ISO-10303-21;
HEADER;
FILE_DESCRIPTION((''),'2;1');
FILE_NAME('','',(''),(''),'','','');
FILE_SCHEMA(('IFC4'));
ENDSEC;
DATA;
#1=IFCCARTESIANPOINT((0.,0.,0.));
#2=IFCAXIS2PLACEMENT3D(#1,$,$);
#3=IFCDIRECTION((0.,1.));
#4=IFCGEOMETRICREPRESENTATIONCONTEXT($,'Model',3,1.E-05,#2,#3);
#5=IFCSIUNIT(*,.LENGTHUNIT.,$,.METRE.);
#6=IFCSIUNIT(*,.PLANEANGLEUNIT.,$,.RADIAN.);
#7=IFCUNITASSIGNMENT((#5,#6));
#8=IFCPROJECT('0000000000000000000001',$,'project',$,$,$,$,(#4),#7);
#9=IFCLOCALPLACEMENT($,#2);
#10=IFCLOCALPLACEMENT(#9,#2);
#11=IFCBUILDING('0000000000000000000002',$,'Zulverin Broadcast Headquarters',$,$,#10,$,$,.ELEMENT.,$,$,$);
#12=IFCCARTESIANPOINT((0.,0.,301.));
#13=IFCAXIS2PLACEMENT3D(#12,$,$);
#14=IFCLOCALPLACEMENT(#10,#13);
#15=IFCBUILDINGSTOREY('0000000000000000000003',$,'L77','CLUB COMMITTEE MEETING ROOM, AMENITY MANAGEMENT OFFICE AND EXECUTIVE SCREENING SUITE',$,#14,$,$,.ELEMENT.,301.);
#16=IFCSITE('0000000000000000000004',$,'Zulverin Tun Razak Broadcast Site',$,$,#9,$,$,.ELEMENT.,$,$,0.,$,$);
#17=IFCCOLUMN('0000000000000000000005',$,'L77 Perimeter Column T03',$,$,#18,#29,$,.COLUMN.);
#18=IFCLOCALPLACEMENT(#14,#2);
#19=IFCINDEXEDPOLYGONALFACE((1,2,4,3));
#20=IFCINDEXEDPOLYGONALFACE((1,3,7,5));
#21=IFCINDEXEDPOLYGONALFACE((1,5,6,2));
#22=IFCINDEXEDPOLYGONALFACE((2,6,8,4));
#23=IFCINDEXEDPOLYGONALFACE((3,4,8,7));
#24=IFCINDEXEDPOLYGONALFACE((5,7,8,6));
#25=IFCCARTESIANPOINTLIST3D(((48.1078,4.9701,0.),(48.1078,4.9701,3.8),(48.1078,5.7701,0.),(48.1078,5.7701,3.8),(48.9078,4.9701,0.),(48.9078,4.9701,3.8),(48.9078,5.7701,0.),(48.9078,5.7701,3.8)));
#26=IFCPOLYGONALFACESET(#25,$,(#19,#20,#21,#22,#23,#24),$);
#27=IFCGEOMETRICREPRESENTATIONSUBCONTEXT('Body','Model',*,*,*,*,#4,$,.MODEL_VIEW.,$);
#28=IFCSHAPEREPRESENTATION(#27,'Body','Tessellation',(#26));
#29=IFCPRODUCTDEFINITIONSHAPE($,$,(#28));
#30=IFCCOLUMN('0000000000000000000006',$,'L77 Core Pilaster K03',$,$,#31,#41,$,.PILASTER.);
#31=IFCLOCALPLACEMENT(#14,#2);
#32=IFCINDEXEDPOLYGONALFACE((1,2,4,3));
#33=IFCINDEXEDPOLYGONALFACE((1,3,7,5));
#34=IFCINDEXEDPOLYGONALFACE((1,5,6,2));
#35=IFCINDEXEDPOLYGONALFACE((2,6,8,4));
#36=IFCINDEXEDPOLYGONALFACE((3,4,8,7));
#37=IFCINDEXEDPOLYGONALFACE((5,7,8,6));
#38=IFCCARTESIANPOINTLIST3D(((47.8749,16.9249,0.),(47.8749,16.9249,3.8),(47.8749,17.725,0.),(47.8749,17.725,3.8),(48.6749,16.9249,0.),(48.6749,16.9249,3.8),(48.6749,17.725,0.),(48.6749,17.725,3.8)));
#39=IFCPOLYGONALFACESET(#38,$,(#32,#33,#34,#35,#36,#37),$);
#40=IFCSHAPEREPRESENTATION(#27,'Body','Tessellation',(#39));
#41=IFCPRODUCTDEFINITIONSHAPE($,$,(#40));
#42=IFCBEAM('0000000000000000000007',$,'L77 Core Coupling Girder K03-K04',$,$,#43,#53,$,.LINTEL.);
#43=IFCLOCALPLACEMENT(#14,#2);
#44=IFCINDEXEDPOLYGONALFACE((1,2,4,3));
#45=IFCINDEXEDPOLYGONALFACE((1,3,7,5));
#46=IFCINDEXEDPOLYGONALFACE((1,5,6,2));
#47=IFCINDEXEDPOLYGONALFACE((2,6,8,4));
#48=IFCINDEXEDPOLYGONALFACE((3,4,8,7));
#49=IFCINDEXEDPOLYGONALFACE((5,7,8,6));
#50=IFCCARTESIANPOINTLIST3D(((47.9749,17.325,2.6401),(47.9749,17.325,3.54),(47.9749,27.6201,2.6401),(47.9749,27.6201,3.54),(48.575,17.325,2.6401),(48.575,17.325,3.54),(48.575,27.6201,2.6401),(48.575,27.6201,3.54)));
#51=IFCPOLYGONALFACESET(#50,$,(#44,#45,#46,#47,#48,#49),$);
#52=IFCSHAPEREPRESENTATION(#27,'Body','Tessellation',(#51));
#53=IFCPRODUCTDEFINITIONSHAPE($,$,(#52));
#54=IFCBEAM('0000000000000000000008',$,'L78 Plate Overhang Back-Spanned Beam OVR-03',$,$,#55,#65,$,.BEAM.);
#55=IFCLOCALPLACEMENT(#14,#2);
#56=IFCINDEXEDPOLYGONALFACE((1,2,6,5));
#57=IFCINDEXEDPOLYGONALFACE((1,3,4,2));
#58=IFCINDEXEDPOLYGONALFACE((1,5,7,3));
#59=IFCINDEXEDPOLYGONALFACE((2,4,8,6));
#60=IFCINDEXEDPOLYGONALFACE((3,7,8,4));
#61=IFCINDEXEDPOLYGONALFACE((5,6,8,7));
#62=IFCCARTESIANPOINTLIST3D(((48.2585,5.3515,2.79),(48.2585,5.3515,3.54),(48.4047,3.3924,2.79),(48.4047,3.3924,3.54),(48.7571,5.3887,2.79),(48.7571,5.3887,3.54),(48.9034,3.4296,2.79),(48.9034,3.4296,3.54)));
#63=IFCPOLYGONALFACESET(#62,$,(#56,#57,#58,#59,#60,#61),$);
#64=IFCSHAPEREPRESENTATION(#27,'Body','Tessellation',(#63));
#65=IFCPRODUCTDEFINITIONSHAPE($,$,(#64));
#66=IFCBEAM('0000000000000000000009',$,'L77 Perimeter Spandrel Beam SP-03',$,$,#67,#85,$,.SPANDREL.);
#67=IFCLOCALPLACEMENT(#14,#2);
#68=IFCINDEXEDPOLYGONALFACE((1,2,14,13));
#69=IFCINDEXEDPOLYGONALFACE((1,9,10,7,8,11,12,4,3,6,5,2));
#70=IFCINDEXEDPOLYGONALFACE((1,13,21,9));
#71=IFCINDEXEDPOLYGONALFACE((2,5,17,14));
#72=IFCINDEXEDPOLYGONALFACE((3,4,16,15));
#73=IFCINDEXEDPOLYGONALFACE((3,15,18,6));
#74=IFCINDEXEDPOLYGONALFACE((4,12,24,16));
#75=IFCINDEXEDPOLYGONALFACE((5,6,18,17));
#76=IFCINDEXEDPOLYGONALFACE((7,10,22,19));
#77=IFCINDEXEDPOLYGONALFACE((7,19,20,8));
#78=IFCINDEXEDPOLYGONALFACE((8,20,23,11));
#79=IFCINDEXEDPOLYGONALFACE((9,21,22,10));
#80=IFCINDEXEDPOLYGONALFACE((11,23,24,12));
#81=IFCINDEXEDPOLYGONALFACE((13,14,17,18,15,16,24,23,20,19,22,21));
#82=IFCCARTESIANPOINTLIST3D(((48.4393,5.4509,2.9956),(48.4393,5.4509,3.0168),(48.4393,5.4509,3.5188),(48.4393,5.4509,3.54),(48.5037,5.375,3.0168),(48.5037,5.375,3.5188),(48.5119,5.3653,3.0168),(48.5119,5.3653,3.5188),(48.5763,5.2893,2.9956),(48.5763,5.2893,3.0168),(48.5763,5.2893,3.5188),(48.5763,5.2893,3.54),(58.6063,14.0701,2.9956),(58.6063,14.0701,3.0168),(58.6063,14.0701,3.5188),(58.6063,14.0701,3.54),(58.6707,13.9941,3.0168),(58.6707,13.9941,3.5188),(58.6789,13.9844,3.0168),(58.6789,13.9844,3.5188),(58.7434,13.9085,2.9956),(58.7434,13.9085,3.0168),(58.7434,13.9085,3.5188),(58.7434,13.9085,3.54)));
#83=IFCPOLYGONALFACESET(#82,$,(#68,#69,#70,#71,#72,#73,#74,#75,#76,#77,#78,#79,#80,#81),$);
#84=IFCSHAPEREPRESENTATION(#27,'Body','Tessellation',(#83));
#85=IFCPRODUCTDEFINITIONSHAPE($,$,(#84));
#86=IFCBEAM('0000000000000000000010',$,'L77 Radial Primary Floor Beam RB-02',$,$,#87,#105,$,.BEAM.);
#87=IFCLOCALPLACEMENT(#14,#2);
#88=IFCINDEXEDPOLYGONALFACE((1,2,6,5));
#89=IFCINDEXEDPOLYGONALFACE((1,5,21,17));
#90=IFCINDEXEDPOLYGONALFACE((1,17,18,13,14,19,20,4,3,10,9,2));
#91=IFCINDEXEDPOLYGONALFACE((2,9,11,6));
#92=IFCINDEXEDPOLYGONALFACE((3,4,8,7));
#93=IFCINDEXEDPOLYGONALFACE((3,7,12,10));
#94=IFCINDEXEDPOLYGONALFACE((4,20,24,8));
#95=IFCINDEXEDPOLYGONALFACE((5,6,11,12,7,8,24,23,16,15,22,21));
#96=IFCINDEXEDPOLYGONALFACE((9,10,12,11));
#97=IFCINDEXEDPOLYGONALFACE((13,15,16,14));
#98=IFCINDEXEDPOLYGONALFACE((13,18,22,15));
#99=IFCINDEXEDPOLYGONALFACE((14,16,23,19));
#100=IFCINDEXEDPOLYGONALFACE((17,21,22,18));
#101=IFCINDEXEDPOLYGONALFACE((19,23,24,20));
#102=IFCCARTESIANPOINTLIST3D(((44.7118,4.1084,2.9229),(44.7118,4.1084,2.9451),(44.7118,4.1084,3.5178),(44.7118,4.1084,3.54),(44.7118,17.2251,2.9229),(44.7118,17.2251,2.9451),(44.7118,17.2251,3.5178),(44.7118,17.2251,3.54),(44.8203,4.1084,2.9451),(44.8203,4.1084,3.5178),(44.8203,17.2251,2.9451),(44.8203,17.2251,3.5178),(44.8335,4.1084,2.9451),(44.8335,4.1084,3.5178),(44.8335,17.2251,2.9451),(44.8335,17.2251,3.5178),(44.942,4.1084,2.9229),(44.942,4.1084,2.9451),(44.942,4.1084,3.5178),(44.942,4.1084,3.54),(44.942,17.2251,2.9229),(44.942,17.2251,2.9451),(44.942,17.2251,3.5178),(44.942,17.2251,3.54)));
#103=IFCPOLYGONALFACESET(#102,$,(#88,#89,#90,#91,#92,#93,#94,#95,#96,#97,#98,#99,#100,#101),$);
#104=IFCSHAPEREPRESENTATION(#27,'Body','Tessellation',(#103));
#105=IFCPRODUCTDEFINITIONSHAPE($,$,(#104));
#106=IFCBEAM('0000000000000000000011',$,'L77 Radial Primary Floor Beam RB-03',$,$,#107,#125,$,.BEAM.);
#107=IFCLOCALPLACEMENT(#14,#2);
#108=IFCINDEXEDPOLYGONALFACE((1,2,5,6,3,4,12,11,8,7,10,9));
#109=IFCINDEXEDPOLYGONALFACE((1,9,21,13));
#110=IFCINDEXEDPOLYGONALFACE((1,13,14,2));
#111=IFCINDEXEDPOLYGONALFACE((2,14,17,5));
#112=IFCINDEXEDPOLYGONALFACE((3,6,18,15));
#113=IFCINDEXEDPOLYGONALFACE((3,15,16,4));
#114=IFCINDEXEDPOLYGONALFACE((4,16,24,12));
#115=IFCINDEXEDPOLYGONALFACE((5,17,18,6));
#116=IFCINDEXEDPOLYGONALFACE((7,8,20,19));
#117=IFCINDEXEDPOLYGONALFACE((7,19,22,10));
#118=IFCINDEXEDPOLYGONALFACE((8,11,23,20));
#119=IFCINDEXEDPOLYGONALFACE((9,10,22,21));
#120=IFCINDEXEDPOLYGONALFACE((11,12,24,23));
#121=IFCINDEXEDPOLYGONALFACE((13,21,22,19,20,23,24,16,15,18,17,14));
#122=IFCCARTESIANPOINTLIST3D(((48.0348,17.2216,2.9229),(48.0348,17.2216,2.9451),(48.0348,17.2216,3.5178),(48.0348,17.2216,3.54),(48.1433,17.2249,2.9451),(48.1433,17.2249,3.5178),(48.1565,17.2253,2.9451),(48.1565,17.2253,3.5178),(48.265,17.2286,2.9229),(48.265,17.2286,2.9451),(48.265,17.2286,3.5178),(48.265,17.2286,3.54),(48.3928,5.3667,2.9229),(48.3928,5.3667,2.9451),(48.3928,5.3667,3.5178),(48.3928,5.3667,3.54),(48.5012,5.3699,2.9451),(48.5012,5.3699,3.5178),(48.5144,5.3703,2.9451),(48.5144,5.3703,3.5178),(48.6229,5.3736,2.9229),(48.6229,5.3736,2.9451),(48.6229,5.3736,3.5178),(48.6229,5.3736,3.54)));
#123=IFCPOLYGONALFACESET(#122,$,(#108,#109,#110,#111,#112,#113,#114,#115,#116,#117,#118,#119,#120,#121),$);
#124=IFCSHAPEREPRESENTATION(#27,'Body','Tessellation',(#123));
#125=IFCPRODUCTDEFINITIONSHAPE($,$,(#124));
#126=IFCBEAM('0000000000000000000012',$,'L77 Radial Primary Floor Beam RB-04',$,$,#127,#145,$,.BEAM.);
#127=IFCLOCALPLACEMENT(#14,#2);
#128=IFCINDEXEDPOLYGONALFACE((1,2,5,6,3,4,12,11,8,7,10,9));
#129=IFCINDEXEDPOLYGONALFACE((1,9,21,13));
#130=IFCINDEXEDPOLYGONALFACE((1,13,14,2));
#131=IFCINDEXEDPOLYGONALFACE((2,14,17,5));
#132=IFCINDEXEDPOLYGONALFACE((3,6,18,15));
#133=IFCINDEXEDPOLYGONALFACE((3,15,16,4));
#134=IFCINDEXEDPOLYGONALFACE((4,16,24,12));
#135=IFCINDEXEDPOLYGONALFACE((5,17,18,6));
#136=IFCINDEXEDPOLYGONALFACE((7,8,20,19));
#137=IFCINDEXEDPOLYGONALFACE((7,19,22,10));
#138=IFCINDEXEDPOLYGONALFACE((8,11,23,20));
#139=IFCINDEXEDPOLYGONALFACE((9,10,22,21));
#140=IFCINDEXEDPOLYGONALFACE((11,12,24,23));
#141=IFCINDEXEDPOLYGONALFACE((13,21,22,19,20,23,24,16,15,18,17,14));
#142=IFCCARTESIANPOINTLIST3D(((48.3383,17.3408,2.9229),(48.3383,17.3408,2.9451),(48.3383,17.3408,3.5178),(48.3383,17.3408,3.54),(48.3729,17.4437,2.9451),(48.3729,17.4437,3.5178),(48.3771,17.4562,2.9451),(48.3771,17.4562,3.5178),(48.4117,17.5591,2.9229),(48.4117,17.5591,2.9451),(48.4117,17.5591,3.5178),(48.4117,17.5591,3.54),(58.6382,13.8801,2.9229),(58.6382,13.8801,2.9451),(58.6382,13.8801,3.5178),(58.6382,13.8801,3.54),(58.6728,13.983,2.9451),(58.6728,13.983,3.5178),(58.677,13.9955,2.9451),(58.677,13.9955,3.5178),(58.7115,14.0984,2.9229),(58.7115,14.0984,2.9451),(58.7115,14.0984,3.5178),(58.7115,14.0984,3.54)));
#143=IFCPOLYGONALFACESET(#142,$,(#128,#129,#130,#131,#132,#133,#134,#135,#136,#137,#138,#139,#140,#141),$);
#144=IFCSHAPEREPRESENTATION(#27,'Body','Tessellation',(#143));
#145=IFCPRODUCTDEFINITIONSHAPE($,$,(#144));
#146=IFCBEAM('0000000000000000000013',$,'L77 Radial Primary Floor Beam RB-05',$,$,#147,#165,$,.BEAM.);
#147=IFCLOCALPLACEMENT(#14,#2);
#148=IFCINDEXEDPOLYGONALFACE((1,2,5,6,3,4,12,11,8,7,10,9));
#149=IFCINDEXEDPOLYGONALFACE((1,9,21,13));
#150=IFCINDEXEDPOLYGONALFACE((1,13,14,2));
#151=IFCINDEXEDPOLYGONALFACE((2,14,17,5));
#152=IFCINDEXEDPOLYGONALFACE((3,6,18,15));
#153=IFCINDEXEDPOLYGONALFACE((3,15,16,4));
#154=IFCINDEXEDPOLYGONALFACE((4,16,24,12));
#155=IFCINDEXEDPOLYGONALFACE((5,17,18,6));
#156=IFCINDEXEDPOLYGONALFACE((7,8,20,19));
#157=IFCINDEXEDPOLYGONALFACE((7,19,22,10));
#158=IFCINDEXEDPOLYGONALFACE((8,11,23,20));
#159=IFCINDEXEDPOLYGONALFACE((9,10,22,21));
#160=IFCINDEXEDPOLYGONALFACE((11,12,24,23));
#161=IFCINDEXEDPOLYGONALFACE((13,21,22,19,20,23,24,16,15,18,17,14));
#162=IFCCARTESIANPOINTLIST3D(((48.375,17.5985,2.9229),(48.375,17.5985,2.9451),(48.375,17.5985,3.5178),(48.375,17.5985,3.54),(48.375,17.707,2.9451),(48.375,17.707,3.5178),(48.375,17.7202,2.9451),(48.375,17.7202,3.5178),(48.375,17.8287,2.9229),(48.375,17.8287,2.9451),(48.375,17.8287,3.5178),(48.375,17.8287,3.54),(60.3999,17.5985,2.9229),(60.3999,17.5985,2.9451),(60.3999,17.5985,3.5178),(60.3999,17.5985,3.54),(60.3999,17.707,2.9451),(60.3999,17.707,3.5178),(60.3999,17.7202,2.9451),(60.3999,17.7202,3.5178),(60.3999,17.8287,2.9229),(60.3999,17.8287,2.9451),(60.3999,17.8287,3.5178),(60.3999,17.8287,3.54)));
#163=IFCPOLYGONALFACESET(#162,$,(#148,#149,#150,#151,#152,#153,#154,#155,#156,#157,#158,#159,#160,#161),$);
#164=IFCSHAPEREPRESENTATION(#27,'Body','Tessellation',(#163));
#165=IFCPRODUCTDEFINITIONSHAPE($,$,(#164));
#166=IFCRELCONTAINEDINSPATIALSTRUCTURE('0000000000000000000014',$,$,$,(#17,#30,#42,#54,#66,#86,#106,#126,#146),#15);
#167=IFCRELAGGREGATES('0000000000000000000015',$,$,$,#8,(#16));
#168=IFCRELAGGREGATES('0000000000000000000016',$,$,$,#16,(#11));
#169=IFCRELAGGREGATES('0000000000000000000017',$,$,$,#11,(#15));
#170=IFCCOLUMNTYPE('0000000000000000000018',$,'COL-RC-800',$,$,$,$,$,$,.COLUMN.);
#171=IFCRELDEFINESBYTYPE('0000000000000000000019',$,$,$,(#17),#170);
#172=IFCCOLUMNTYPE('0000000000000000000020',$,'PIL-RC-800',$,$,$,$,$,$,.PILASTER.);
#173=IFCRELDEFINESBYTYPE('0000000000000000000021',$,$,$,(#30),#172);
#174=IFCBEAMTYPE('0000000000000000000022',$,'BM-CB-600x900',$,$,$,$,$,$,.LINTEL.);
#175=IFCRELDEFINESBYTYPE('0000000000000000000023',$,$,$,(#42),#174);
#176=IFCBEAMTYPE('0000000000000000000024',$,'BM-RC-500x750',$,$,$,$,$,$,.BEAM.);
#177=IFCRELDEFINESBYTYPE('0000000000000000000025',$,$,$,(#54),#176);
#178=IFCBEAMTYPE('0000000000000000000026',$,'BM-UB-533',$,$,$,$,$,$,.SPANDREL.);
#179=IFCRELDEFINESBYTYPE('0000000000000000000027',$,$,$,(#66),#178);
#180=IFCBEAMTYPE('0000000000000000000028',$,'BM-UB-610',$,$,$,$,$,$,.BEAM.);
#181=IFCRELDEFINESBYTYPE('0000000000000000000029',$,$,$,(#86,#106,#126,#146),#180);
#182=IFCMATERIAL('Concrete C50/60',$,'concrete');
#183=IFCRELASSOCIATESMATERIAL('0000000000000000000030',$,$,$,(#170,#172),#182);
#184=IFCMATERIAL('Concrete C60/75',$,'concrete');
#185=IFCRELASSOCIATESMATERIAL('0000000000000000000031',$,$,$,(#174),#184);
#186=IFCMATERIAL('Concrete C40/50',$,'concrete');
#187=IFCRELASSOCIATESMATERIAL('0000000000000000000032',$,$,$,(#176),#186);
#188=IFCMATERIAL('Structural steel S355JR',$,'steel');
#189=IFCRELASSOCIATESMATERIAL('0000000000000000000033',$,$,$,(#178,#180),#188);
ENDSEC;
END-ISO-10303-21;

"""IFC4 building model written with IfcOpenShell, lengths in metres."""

from ifc_helpers import new_model, si_unit, direction, frame, origin, origin_2d, place, context, subcontext, project, spatial, rectangle, i_section, extrude, material, material_profile, profile_set, type_object, element, save


model = new_model("IFC4")

# Units and contexts
model_context = context("Model", 3, precision=1e-05, world=origin(), true_north=direction((0.0, 1.0)))
body_context = subcontext(model_context, "Body", "Model", "MODEL_VIEW")
ifc_project = project(units=[si_unit("LENGTHUNIT", "METRE"), si_unit("PLANEANGLEUNIT", "RADIAN")], contexts=[model_context])

# Site, building, storey
site_placement = place(None, origin())
site = spatial("IfcSite", under=ifc_project, at=site_placement, Name="Zulverin Tun Razak Broadcast Site", CompositionType="ELEMENT", RefElevation=0.0)
building_placement = place(site_placement, origin())
building = spatial("IfcBuilding", under=site, at=building_placement, Name="Zulverin Broadcast Headquarters", CompositionType="ELEMENT")
storey_placement = place(building_placement, frame((0.0, 0.0, 301.0)))
storey = spatial("IfcBuildingStorey", under=building, at=storey_placement, Name="L77", Description="CLUB COMMITTEE MEETING ROOM, AMENITY MANAGEMENT OFFICE AND EXECUTIVE SCREENING SUITE", CompositionType="ELEMENT", Elevation=301.0)

# Columns
ifc_material_1 = material(Name="Concrete C50/60", Category="concrete")
ifc_material_profile_1 = material_profile(ifc_material_1, rectangle(XDim=0.8, YDim=0.8, at=origin_2d()), Name="Concrete C50/60", Category="concrete")
ifc_profile_set_1 = profile_set([ifc_material_profile_1], Name="Concrete C50/60")
column_type_1 = type_object("IfcColumnType", Name="COL-RC-800", PredefinedType="COLUMN", material=ifc_profile_set_1)
column_1_placement = place(storey_placement, frame((48.5078, 5.3701, 0.0), z_axis=(0.0, 0.0, 1.0), x_axis=(1.0, 0.0, 0.0)))
element("IfcColumn", 1, at=column_1_placement, inside=storey, type_object=column_type_1, Name="L77 Perimeter Column T03", PredefinedType="COLUMN", context=body_context, shape_type="SweptSolid", body=[
    extrude(rectangle(XDim=0.8, YDim=0.8, at=origin_2d()), origin(), (0.0, 0.0, 1.0), 3.8),
])
ifc_material_profile_2 = material_profile(ifc_material_1, rectangle(XDim=0.8, YDim=0.8, at=origin_2d()), Name="Concrete C50/60", Category="concrete")
ifc_profile_set_2 = profile_set([ifc_material_profile_2], Name="Concrete C50/60")
column_type_2 = type_object("IfcColumnType", Name="PIL-RC-800", PredefinedType="PILASTER", material=ifc_profile_set_2)
column_2_placement = place(storey_placement, frame((48.2749, 17.325, 0.0), z_axis=(0.0, 0.0, 1.0), x_axis=(1.0, 0.0, 0.0)))
element("IfcColumn", 2, at=column_2_placement, inside=storey, type_object=column_type_2, Name="L77 Core Pilaster K03", PredefinedType="PILASTER", context=body_context, shape_type="SweptSolid", body=[
    extrude(rectangle(XDim=0.8, YDim=0.8, at=origin_2d()), origin(), (0.0, 0.0, 1.0), 3.8),
])

# Beams
ifc_material_2 = material(Name="Concrete C60/75", Category="concrete")
ifc_material_profile_3 = material_profile(ifc_material_2, rectangle(XDim=0.6001, YDim=0.8999, at=origin_2d()), Name="Concrete C60/75", Category="concrete")
ifc_profile_set_3 = profile_set([ifc_material_profile_3], Name="Concrete C60/75")
beam_type_1 = type_object("IfcBeamType", Name="BM-CB-600x900", PredefinedType="LINTEL", material=ifc_profile_set_3)
beam_1_placement = place(storey_placement, frame((48.2749, 17.325, 3.0901), z_axis=(0.0, 1.0, 0.0), x_axis=(-1.0, 0.0, 0.0)))
element("IfcBeam", 3, at=beam_1_placement, inside=storey, type_object=beam_type_1, Name="L77 Core Coupling Girder K03-K04", PredefinedType="LINTEL", context=body_context, shape_type="SweptSolid", body=[
    extrude(rectangle(XDim=0.6001, YDim=0.8999, at=origin_2d()), origin(), (0.0, 0.0, 1.0), 10.2952),
])
ifc_material_3 = material(Name="Concrete C40/50", Category="concrete")
ifc_material_profile_4 = material_profile(ifc_material_3, rectangle(XDim=0.5, YDim=0.75, at=origin_2d()), Name="Concrete C40/50", Category="concrete")
ifc_profile_set_4 = profile_set([ifc_material_profile_4], Name="Concrete C40/50")
beam_type_2 = type_object("IfcBeamType", Name="BM-RC-500x750", PredefinedType="BEAM", material=ifc_profile_set_4)
beam_2_placement = place(storey_placement, frame((48.5078, 5.3701, 3.165), z_axis=(0.074435, -0.997226, 0.0), x_axis=(0.997226, 0.074435, 0.0)))
element("IfcBeam", 4, at=beam_2_placement, inside=storey, type_object=beam_type_2, Name="L78 Plate Overhang Back-Spanned Beam OVR-03", PredefinedType="BEAM", context=body_context, shape_type="SweptSolid", body=[
    extrude(rectangle(XDim=0.5, YDim=0.75, at=origin_2d()), origin(), (0.0, 0.0, 1.0), 1.9646),
])
ifc_material_4 = material(Name="Structural steel S355JR", Category="steel")
ifc_material_profile_5 = material_profile(ifc_material_4, i_section(OverallWidth=0.2119, OverallDepth=0.5444, WebThickness=0.0127, FlangeThickness=0.0212, at=origin_2d()), Name="Structural steel S355JR", Category="steel")
ifc_profile_set_5 = profile_set([ifc_material_profile_5], Name="Structural steel S355JR")
beam_type_3 = type_object("IfcBeamType", Name="BM-UB-533", PredefinedType="SPANDREL", material=ifc_profile_set_5)
beam_3_placement = place(storey_placement, frame((48.5078, 5.3701, 3.2678), z_axis=(0.762783, 0.646655, 0.0), x_axis=(-0.646655, 0.762783, 0.0)))
element("IfcBeam", 5, at=beam_3_placement, inside=storey, type_object=beam_type_3, Name="L77 Perimeter Spandrel Beam SP-03", PredefinedType="SPANDREL", context=body_context, shape_type="SweptSolid", body=[
    extrude(i_section(OverallWidth=0.2119, OverallDepth=0.5444, WebThickness=0.0127, FlangeThickness=0.0212, at=origin_2d()), origin(), (0.0, 0.0, 1.0), 13.3289),
])
ifc_material_profile_6 = material_profile(ifc_material_4, i_section(OverallWidth=0.2302, OverallDepth=0.6172, WebThickness=0.0132, FlangeThickness=0.0222, at=origin_2d()), Name="Structural steel S355JR", Category="steel")
ifc_profile_set_6 = profile_set([ifc_material_profile_6], Name="Structural steel S355JR")
beam_type_4 = type_object("IfcBeamType", Name="BM-UB-610", PredefinedType="BEAM", material=ifc_profile_set_6)
beam_4_placement = place(storey_placement, frame((44.8269, 17.2251, 3.2314), z_axis=(0.0, -1.0, 0.0), x_axis=(1.0, 0.0, 0.0)))
element("IfcBeam", 6, at=beam_4_placement, inside=storey, type_object=beam_type_4, Name="L77 Radial Primary Floor Beam RB-02", PredefinedType="BEAM", context=body_context, shape_type="SweptSolid", body=[
    extrude(i_section(OverallWidth=0.2302, OverallDepth=0.6172, WebThickness=0.0132, FlangeThickness=0.0222, at=origin_2d()), origin(), (0.0, 0.0, 1.0), 13.1167),
])
beam_5_placement = place(storey_placement, frame((48.1499, 17.2251, 3.2314), z_axis=(0.030177, -0.999545, 0.0), x_axis=(0.999545, 0.030177, 0.0)))
element("IfcBeam", 7, at=beam_5_placement, inside=storey, type_object=beam_type_4, Name="L77 Radial Primary Floor Beam RB-03", PredefinedType="BEAM", context=body_context, shape_type="SweptSolid", body=[
    extrude(i_section(OverallWidth=0.2302, OverallDepth=0.6172, WebThickness=0.0132, FlangeThickness=0.0222, at=origin_2d()), origin(), (0.0, 0.0, 1.0), 11.8604),
])
beam_6_placement = place(storey_placement, frame((48.375, 17.45, 3.2314), z_axis=(0.947923, -0.318498, 0.0), x_axis=(0.318498, 0.947923, 0.0)))
element("IfcBeam", 8, at=beam_6_placement, inside=storey, type_object=beam_type_4, Name="L77 Radial Primary Floor Beam RB-04", PredefinedType="BEAM", context=body_context, shape_type="SweptSolid", body=[
    extrude(i_section(OverallWidth=0.2302, OverallDepth=0.6172, WebThickness=0.0132, FlangeThickness=0.0222, at=origin_2d()), origin(), (0.0, 0.0, 1.0), 10.8657),
])
beam_7_placement = place(storey_placement, frame((48.375, 17.7136, 3.2314), z_axis=(1.0, 0.0, 0.0), x_axis=(0.0, 1.0, 0.0)))
element("IfcBeam", 9, at=beam_7_placement, inside=storey, type_object=beam_type_4, Name="L77 Radial Primary Floor Beam RB-05", PredefinedType="BEAM", context=body_context, shape_type="SweptSolid", body=[
    extrude(i_section(OverallWidth=0.2302, OverallDepth=0.6172, WebThickness=0.0132, FlangeThickness=0.0222, at=origin_2d()), origin(), (0.0, 0.0, 1.0), 12.0249),
])

save(model, "model.ifc")
